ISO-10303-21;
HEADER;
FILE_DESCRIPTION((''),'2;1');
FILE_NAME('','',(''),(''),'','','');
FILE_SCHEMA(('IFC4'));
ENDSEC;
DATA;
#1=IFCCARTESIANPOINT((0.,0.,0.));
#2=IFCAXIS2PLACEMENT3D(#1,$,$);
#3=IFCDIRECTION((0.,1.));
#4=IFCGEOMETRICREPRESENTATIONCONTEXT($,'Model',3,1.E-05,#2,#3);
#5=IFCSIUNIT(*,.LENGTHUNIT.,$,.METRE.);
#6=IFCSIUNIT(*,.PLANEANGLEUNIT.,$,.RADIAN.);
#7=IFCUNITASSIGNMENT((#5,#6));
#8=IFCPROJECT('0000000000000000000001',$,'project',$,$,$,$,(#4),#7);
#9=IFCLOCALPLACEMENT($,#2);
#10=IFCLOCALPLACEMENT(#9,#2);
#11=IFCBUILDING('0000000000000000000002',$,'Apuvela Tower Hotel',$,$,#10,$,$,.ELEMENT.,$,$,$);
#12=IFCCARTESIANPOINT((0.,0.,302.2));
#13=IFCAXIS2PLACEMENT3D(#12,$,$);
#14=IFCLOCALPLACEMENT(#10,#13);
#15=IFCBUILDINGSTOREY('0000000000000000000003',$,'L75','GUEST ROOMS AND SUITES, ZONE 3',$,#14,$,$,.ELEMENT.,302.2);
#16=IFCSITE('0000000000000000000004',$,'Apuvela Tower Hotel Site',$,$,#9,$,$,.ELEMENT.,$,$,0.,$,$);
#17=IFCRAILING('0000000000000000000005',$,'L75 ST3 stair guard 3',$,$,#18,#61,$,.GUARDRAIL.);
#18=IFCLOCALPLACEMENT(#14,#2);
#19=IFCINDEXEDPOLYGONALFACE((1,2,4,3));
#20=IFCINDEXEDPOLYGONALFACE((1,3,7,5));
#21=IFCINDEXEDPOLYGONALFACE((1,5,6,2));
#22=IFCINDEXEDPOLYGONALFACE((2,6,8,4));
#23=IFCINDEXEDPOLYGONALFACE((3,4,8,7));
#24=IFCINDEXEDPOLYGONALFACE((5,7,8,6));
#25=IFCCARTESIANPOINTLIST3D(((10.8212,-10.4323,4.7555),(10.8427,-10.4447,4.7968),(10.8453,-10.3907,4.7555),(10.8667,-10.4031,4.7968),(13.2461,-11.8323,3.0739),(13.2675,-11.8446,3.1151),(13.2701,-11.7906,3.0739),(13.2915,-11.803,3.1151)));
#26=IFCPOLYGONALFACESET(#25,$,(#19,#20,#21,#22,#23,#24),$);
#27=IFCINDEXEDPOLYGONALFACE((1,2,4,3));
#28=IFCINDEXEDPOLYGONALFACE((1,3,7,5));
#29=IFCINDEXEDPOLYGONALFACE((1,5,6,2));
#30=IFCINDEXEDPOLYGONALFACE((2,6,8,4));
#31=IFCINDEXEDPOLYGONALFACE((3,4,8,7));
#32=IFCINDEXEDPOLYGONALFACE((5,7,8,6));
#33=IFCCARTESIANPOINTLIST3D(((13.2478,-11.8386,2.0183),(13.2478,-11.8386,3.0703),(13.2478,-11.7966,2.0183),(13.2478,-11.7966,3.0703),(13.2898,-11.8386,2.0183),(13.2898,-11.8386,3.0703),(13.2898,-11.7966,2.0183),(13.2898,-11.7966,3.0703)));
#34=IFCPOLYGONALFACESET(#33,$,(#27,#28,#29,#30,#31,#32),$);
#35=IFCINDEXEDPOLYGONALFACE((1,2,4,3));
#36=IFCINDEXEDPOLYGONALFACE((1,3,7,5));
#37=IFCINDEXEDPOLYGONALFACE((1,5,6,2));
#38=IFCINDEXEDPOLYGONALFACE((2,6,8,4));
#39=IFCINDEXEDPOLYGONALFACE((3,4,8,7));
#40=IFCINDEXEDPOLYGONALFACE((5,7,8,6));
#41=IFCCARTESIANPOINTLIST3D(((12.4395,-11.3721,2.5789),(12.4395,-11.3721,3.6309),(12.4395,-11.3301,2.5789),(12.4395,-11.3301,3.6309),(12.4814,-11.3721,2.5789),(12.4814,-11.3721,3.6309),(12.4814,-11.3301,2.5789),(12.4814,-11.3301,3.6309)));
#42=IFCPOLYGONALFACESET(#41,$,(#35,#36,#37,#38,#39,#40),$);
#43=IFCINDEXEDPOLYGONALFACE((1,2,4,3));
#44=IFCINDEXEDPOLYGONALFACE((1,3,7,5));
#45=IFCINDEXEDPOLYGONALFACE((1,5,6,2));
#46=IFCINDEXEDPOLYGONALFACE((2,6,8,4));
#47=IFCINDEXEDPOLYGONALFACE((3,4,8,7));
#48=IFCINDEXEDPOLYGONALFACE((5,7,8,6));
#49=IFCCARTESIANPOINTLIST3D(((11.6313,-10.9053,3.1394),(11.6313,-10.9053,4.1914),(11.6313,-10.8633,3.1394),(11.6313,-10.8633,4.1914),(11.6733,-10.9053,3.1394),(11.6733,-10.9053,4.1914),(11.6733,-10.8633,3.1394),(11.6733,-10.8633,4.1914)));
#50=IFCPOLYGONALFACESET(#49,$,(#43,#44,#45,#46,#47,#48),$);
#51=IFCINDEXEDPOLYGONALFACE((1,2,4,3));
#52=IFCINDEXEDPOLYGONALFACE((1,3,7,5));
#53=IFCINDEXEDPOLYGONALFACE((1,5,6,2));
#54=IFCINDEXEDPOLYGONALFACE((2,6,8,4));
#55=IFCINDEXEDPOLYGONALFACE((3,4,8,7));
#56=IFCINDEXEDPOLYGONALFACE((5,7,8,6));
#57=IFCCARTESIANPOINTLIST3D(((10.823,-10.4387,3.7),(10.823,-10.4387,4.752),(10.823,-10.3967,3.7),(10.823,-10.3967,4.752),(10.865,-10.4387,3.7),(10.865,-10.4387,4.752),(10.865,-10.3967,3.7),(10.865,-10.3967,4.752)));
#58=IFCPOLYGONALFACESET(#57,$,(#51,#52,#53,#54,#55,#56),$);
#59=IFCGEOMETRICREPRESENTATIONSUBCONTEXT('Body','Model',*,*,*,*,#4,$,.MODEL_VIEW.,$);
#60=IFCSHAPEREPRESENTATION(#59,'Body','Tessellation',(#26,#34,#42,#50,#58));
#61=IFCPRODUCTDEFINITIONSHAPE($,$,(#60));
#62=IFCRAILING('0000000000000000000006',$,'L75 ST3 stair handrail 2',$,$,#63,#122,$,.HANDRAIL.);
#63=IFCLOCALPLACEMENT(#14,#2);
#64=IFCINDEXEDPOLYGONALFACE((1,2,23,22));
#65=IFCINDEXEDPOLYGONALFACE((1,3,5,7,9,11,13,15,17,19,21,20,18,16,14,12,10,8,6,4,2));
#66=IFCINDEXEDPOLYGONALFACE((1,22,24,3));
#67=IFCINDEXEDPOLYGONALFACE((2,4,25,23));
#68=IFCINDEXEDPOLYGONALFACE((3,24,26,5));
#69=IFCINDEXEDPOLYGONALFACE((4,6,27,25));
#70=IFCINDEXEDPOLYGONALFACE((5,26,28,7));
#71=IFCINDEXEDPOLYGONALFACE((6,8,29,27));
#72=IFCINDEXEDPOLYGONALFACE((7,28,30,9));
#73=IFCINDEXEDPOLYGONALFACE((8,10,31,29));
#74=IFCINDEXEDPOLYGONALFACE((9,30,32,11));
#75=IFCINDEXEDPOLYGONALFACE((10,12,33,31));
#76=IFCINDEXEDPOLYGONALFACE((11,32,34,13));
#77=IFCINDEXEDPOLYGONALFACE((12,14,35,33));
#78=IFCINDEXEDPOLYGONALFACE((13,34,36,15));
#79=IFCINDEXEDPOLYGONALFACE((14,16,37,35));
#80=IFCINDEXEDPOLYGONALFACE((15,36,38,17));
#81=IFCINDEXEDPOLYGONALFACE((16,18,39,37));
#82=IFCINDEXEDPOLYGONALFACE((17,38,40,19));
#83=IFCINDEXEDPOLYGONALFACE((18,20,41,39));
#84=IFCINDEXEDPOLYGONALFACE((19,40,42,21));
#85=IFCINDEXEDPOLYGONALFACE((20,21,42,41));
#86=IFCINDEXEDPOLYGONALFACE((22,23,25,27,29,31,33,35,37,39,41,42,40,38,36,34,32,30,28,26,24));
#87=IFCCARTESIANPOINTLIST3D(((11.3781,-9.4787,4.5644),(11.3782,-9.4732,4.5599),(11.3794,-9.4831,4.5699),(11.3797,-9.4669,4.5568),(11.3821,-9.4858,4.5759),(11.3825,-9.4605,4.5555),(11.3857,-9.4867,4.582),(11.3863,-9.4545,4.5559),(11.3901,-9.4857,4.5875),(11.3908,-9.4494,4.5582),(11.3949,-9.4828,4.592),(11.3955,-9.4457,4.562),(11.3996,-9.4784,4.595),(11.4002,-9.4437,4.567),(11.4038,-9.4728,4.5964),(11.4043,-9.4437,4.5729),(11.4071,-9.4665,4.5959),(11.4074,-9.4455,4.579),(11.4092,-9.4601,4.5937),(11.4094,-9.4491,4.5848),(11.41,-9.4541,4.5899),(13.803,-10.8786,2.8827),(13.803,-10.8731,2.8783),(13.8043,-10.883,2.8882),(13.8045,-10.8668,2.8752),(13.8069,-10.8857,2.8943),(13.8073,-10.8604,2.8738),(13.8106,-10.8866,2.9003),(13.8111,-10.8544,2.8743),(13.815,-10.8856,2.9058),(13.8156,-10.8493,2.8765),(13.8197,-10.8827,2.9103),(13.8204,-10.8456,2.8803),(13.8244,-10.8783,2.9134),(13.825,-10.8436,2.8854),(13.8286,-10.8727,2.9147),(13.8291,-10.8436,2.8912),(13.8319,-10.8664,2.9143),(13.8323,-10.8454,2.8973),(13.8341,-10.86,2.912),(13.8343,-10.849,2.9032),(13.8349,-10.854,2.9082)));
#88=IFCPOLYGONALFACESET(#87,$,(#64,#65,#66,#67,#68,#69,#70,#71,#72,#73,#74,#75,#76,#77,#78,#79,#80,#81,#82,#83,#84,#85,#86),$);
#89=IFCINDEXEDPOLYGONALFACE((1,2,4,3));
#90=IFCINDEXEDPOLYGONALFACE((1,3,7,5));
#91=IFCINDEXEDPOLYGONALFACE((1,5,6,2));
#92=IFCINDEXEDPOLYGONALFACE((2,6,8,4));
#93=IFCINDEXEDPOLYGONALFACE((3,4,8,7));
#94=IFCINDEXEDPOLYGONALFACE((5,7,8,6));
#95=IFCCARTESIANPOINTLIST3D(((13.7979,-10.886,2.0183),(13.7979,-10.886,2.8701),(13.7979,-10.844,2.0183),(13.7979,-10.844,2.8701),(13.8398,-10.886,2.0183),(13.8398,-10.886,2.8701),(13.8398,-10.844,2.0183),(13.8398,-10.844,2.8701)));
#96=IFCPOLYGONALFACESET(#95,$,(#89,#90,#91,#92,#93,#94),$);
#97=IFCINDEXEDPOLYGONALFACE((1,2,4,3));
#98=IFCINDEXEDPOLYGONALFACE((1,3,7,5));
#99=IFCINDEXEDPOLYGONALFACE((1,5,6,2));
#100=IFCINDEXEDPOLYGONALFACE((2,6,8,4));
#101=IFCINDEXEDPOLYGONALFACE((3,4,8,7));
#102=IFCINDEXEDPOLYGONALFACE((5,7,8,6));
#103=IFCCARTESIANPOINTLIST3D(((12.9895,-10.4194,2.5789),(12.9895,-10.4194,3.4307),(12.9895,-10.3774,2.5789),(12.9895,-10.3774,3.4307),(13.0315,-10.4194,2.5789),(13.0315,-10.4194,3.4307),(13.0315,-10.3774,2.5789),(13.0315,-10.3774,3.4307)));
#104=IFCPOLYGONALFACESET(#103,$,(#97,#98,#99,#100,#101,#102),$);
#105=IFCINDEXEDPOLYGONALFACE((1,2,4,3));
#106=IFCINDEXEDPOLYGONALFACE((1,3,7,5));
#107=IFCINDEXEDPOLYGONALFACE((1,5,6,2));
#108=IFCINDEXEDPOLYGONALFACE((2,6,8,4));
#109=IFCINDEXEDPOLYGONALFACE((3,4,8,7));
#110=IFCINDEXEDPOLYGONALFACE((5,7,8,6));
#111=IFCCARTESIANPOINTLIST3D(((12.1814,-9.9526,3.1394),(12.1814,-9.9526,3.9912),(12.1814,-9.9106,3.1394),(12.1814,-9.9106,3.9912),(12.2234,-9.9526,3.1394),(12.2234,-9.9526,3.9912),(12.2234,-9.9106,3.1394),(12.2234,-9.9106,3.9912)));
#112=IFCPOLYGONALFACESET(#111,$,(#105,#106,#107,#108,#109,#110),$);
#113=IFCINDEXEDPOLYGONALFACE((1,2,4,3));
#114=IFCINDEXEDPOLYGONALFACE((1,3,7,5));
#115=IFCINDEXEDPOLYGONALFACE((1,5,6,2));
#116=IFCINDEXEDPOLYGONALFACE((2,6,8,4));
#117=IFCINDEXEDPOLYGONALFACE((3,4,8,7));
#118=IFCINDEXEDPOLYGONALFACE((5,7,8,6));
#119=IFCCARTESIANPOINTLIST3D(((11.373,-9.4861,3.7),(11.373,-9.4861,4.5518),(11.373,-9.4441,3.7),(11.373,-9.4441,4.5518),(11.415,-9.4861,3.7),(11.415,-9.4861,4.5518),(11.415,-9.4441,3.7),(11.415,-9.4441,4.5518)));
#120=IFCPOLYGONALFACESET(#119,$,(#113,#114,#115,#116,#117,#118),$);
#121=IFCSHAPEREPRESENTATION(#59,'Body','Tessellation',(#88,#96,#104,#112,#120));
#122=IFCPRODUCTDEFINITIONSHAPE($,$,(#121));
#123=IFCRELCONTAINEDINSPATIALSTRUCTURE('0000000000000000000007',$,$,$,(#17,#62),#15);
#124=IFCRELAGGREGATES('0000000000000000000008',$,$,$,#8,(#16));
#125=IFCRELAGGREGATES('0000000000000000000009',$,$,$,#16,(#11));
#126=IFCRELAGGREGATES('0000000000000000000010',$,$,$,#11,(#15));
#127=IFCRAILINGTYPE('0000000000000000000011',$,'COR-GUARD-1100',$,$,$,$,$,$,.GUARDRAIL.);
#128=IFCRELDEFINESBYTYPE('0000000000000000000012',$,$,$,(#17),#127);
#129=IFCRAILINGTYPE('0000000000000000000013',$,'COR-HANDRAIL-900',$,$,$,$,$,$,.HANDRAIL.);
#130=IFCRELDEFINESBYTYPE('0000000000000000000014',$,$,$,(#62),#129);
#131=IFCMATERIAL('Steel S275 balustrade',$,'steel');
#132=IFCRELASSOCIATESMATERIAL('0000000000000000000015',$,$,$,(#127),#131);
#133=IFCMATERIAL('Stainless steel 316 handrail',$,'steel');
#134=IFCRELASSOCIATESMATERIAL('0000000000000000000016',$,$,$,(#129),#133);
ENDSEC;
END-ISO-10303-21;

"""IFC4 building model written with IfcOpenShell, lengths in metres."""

from ifc_helpers import new_model, si_unit, direction, frame, origin, origin_2d, place, context, subcontext, project, spatial, rectangle, circle, extrude, material, type_object, element, save


model = new_model("IFC4")

# Units and contexts
model_context = context("Model", 3, precision=1e-05, world=origin(), true_north=direction((0.0, 1.0)))
body_context = subcontext(model_context, "Body", "Model", "MODEL_VIEW")
ifc_project = project(units=[si_unit("LENGTHUNIT", "METRE"), si_unit("PLANEANGLEUNIT", "RADIAN")], contexts=[model_context])

# Site, building, storey
site_placement = place(None, origin())
site = spatial("IfcSite", under=ifc_project, at=site_placement, Name="Apuvela Tower Hotel Site", CompositionType="ELEMENT", RefElevation=0.0)
building_placement = place(site_placement, origin())
building = spatial("IfcBuilding", under=site, at=building_placement, Name="Apuvela Tower Hotel", CompositionType="ELEMENT")
storey_placement = place(building_placement, frame((0.0, 0.0, 302.2)))
storey = spatial("IfcBuildingStorey", under=building, at=storey_placement, Name="L75", Description="GUEST ROOMS AND SUITES, ZONE 3", CompositionType="ELEMENT", Elevation=302.2)

# Railings
ifc_material_1 = material(Name="Steel S275 balustrade", Category="steel")
railing_type_1 = type_object("IfcRailingType", Name="COR-GUARD-1100", PredefinedType="GUARDRAIL", material=ifc_material_1)
railing_1_placement = place(storey_placement, frame((13.2688, -11.8176, 2.0183)))
element("IfcRailing", 1, at=railing_1_placement, inside=storey, type_object=railing_type_1, Name="L75 ST3 stair guard 3", PredefinedType="GUARDRAIL", context=body_context, shape_type="SweptSolid", body=[
    extrude(rectangle(XDim=0.0481, YDim=0.0481, at=origin_2d()), frame((0.0, 0.0, 1.0762), z_axis=(-0.742419, 0.428618, 0.514879), x_axis=(-0.499984, -0.866035, 0.0)), (0.0, 0.0, 1.0), 3.2661),
    extrude(rectangle(XDim=0.042, YDim=0.042, at=origin_2d()), origin(), (0.0, 0.0, 1.0), 1.052),
    extrude(rectangle(XDim=0.042, YDim=0.042, at=origin_2d()), frame((-0.8083, 0.4666, 0.5605)), (0.0, 0.0, 1.0), 1.052),
    extrude(rectangle(XDim=0.042, YDim=0.042, at=origin_2d()), frame((-1.6165, 0.9333, 1.1211)), (0.0, 0.0, 1.0), 1.052),
    extrude(rectangle(XDim=0.042, YDim=0.042, at=origin_2d()), frame((-2.4248, 1.3999, 1.6816)), (0.0, 0.0, 1.0), 1.052),
])
ifc_material_2 = material(Name="Stainless steel 316 handrail", Category="steel")
railing_type_2 = type_object("IfcRailingType", Name="COR-HANDRAIL-900", PredefinedType="HANDRAIL", material=ifc_material_2)
railing_2_placement = place(storey_placement, frame((13.8188, -10.865, 2.0183)))
element("IfcRailing", 2, at=railing_2_placement, inside=storey, type_object=railing_type_2, Name="L75 ST3 stair handrail 2", PredefinedType="HANDRAIL", context=body_context, shape_type="SweptSolid", body=[
    extrude(circle(Radius=0.0239, at=origin_2d()), frame((0.0, 0.0, 0.876), z_axis=(-0.742419, 0.428618, 0.514879), x_axis=(-0.499984, -0.866035, 0.0)), (0.0, 0.0, 1.0), 3.2661),
    extrude(rectangle(XDim=0.042, YDim=0.042, at=origin_2d()), origin(), (0.0, 0.0, 1.0), 0.8518),
    extrude(rectangle(XDim=0.042, YDim=0.042, at=origin_2d()), frame((-0.8083, 0.4666, 0.5605)), (0.0, 0.0, 1.0), 0.8518),
    extrude(rectangle(XDim=0.042, YDim=0.042, at=origin_2d()), frame((-1.6165, 0.9333, 1.1211)), (0.0, 0.0, 1.0), 0.8518),
    extrude(rectangle(XDim=0.042, YDim=0.042, at=origin_2d()), frame((-2.4248, 1.3999, 1.6816)), (0.0, 0.0, 1.0), 0.8518),
])

save(model, "model.ifc")
